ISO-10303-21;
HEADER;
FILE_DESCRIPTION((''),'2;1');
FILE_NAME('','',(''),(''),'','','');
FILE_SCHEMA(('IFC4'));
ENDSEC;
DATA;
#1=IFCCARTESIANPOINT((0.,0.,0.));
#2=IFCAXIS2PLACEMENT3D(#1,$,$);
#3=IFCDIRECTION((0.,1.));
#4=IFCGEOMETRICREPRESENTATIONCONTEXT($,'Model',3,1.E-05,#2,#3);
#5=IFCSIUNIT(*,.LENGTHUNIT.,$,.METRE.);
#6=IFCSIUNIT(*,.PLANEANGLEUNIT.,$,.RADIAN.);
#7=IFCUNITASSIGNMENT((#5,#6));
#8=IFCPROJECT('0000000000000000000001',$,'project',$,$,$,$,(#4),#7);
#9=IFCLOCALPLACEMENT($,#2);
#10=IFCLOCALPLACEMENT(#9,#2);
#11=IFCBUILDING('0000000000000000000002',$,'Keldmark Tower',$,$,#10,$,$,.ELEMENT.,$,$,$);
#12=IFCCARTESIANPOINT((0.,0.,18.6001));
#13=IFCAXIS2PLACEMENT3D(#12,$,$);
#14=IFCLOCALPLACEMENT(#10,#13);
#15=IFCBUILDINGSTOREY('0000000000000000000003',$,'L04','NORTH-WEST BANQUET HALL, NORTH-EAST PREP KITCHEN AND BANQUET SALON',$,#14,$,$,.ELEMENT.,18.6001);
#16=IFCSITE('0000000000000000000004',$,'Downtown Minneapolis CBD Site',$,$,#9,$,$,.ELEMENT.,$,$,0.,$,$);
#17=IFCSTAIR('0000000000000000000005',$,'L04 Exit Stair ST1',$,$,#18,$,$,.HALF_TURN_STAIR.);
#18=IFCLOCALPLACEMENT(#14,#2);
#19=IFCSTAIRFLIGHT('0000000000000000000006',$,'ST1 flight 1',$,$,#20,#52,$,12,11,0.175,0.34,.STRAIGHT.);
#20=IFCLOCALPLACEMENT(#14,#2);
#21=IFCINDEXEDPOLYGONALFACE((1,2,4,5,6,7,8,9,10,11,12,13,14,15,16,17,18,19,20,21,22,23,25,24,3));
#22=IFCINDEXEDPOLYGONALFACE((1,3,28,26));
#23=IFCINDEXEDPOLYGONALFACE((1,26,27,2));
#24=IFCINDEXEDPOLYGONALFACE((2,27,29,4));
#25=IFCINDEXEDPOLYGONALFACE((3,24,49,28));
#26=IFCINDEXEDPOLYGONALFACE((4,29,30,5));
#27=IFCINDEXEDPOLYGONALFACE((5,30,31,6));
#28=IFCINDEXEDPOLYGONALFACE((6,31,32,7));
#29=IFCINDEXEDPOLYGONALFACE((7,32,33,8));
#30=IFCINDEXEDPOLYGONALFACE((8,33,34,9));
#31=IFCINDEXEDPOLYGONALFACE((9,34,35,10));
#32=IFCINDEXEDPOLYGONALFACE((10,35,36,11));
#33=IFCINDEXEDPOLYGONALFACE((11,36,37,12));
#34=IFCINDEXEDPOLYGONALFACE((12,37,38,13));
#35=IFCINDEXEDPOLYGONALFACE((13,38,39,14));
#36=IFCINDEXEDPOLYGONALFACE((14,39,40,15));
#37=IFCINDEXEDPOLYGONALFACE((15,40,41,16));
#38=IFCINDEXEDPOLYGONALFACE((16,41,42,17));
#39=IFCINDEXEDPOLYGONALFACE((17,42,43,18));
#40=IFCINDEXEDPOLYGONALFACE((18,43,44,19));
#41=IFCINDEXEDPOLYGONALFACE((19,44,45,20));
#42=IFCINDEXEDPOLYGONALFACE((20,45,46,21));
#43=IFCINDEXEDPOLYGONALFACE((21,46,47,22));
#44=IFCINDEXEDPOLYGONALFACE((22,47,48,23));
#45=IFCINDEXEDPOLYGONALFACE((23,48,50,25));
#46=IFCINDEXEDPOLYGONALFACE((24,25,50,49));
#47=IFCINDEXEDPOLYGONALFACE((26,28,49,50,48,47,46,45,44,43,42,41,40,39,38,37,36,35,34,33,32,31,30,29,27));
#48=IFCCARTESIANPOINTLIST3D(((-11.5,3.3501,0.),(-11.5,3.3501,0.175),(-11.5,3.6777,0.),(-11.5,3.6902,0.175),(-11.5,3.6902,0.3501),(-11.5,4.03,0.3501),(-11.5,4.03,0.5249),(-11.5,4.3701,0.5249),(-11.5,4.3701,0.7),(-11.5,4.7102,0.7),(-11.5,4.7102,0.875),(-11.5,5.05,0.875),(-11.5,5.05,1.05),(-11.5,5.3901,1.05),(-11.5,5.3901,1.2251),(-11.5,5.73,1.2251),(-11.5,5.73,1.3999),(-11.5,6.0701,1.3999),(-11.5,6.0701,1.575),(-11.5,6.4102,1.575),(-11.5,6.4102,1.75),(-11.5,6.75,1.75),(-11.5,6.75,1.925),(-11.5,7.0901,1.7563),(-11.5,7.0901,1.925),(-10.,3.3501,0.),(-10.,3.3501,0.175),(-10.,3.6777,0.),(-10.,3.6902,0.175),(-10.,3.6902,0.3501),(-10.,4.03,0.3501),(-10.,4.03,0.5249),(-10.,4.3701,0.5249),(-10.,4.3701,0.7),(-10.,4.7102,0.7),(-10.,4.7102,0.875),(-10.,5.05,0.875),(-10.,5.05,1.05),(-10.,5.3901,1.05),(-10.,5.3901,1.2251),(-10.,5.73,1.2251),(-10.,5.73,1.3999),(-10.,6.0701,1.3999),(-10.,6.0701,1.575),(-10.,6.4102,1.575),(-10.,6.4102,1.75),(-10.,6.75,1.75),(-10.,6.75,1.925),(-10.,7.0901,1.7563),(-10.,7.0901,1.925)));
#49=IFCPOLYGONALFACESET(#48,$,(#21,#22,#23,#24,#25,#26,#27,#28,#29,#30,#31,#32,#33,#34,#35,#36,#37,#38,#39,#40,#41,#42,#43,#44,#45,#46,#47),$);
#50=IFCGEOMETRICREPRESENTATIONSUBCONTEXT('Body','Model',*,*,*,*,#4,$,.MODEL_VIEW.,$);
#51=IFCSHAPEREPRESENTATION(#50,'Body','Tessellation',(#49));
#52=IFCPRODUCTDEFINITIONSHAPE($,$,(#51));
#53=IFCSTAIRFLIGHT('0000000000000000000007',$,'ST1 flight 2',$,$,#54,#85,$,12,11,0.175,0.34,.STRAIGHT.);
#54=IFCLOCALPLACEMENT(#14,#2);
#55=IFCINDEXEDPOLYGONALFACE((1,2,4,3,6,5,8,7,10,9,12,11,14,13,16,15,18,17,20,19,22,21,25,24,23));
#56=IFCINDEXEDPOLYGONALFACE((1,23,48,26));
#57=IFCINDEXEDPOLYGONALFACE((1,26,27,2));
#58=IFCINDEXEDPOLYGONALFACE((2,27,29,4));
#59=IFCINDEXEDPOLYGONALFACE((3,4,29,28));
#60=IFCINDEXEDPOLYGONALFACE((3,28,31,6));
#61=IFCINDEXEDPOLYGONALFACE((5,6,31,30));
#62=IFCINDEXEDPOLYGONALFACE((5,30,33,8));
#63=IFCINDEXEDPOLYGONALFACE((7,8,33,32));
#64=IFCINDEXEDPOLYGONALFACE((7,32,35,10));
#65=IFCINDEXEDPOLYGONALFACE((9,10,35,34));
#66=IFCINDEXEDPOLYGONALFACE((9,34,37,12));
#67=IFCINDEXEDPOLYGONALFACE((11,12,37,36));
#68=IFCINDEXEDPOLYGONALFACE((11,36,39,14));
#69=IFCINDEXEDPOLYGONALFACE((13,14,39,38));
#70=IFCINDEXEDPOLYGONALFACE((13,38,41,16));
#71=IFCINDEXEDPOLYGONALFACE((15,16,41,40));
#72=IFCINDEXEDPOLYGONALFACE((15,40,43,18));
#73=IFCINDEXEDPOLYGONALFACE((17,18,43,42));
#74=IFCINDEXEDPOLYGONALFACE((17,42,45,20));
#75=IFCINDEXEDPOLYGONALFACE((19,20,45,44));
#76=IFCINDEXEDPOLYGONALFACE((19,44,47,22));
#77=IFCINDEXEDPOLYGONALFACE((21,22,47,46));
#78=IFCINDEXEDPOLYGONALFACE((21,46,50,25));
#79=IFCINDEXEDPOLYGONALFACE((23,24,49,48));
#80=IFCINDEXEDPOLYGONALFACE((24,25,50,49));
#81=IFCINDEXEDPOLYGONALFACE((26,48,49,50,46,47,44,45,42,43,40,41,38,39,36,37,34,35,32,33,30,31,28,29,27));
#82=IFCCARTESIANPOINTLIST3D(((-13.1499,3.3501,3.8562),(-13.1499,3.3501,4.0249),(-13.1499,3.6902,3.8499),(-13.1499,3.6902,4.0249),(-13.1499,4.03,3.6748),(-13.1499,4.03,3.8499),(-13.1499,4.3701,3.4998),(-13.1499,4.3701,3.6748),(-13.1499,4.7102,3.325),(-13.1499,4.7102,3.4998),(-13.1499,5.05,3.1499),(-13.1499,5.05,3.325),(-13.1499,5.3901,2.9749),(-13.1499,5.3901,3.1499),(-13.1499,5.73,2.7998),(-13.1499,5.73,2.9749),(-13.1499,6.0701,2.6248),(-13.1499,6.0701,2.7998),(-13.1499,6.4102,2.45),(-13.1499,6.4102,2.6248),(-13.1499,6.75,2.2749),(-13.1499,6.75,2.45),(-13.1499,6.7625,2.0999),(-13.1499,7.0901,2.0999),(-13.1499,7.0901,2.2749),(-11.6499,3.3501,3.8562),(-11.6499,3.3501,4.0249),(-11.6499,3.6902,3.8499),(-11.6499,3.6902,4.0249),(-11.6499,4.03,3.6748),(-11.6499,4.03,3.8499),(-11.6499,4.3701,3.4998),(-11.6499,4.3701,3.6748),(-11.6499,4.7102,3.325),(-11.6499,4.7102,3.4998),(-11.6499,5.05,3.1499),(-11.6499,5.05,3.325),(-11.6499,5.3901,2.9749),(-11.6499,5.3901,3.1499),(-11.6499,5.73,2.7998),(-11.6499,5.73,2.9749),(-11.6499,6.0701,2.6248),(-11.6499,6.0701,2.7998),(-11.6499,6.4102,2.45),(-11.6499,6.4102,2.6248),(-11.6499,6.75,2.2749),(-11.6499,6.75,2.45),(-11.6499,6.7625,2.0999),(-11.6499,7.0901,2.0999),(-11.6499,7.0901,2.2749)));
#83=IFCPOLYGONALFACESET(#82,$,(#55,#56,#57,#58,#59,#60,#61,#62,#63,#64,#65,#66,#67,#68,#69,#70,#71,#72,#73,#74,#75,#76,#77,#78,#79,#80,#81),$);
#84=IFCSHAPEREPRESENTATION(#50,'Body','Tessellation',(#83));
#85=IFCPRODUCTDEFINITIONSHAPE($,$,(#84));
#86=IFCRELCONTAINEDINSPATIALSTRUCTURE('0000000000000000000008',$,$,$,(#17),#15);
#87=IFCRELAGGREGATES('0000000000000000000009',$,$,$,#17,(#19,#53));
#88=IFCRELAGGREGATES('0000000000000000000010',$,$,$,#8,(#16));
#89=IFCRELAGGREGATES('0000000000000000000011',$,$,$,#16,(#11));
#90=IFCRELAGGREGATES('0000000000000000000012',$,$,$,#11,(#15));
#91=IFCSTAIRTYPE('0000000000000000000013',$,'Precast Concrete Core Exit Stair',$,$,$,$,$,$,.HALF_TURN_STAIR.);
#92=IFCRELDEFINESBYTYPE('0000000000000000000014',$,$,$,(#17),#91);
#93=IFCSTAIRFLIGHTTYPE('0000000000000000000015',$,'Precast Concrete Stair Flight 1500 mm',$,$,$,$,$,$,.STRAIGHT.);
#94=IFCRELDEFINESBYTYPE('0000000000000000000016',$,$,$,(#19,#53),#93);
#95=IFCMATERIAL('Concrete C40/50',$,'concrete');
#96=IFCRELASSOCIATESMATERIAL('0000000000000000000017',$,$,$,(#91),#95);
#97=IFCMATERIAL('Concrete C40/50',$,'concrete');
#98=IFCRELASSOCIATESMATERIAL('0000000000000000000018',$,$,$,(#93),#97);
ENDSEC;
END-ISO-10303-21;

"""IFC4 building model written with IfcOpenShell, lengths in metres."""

from ifc_helpers import new_model, si_unit, direction, frame, origin, place, context, subcontext, project, spatial, polyline, outline, extrude, material, type_object, element, aggregate, save


model = new_model("IFC4")

# Units and contexts
model_context = context("Model", 3, precision=1e-05, world=origin(), true_north=direction((0.0, 1.0)))
body_context = subcontext(model_context, "Body", "Model", "MODEL_VIEW")
ifc_project = project(units=[si_unit("LENGTHUNIT", "METRE"), si_unit("PLANEANGLEUNIT", "RADIAN")], contexts=[model_context])

# Site, building, storey
site_placement = place(None, origin())
site = spatial("IfcSite", under=ifc_project, at=site_placement, Name="Downtown Minneapolis CBD Site", CompositionType="ELEMENT", RefElevation=0.0)
building_placement = place(site_placement, origin())
building = spatial("IfcBuilding", under=site, at=building_placement, Name="Keldmark Tower", CompositionType="ELEMENT")
storey_placement = place(building_placement, frame((0.0, 0.0, 18.6001)))
storey = spatial("IfcBuildingStorey", under=building, at=storey_placement, Name="L04", Description="NORTH-WEST BANQUET HALL, NORTH-EAST PREP KITCHEN AND BANQUET SALON", CompositionType="ELEMENT", Elevation=18.6001)

# Stair, stair flights
ifc_material_1 = material(Name="Concrete C40/50", Category="concrete")
stair_type = type_object("IfcStairType", Name="Precast Concrete Core Exit Stair", PredefinedType="HALF_TURN_STAIR", material=ifc_material_1)
stair_placement = place(storey_placement, origin())
stair = element("IfcStair", 1, at=stair_placement, inside=storey, type_object=stair_type, Name="L04 Exit Stair ST1", PredefinedType="HALF_TURN_STAIR")
ifc_material_2 = material(Name="Concrete C40/50", Category="concrete")
stair_flight_type = type_object("IfcStairFlightType", Name="Precast Concrete Stair Flight 1500 mm", PredefinedType="STRAIGHT", material=ifc_material_2)
stair_flight_1_placement = place(storey_placement, frame((-10.75, 3.3501, 0.0), z_axis=(0.0, 0.0, 1.0), x_axis=(0.0, 1.0, 0.0)))
stair_flight_1 = element("IfcStairFlight", 2, at=stair_flight_1_placement, type_object=stair_flight_type, Name="ST1 flight 1", NumberOfRisers=12, NumberOfTreads=11, PredefinedType="STRAIGHT", RiserHeight=0.175, TreadLength=0.34, context=body_context, shape_type="SweptSolid", body=[
    extrude(outline(polyline([(0.0, 0.0), (0.0, 0.175), (0.3401, 0.175), (0.3401, 0.3501), (0.6799, 0.3501), (0.6799, 0.5249), (1.02, 0.5249), (1.02, 0.7), (1.3601, 0.7), (1.3601, 0.875), (1.7, 0.875), (1.7, 1.05), (2.04, 1.05), (2.04, 1.2251), (2.3799, 1.2251), (2.3799, 1.3999), (2.72, 1.3999), (2.72, 1.575), (3.0601, 1.575), (3.0601, 1.75), (3.3999, 1.75), (3.3999, 1.925), (3.74, 1.925), (3.74, 2.1001), (3.74, 1.7563), (0.3276, 0.0), (0.0, 0.0)])), frame((0.0, 0.75, 0.0), z_axis=(0.0, -1.0, 0.0), x_axis=(1.0, 0.0, 0.0)), (0.0, 0.0, 1.0), 1.5),
])
stair_flight_2_placement = place(storey_placement, frame((-12.3999, 7.0901, 2.0999), z_axis=(0.0, 0.0, 1.0), x_axis=(0.0, -1.0, 0.0)))
stair_flight_2 = element("IfcStairFlight", 3, at=stair_flight_2_placement, type_object=stair_flight_type, Name="ST1 flight 2", NumberOfRisers=12, NumberOfTreads=11, PredefinedType="STRAIGHT", RiserHeight=0.175, TreadLength=0.34, context=body_context, shape_type="SweptSolid", body=[
    extrude(outline(polyline([(0.0, 0.0), (0.0, 0.175), (0.3401, 0.175), (0.3401, 0.3501), (0.6799, 0.3501), (0.6799, 0.5249), (1.02, 0.5249), (1.02, 0.7), (1.3601, 0.7), (1.3601, 0.875), (1.7, 0.875), (1.7, 1.05), (2.04, 1.05), (2.04, 1.2251), (2.3799, 1.2251), (2.3799, 1.3999), (2.72, 1.3999), (2.72, 1.575), (3.0601, 1.575), (3.0601, 1.75), (3.3999, 1.75), (3.3999, 1.925), (3.74, 1.925), (3.74, 2.1001), (3.74, 1.7563), (0.3276, 0.0), (0.0, 0.0)])), frame((0.0, 0.75, 0.0), z_axis=(0.0, -1.0, 0.0), x_axis=(1.0, 0.0, 0.0)), (0.0, 0.0, 1.0), 1.5),
])
aggregate(stair, [stair_flight_1, stair_flight_2])

save(model, "model.ifc")
